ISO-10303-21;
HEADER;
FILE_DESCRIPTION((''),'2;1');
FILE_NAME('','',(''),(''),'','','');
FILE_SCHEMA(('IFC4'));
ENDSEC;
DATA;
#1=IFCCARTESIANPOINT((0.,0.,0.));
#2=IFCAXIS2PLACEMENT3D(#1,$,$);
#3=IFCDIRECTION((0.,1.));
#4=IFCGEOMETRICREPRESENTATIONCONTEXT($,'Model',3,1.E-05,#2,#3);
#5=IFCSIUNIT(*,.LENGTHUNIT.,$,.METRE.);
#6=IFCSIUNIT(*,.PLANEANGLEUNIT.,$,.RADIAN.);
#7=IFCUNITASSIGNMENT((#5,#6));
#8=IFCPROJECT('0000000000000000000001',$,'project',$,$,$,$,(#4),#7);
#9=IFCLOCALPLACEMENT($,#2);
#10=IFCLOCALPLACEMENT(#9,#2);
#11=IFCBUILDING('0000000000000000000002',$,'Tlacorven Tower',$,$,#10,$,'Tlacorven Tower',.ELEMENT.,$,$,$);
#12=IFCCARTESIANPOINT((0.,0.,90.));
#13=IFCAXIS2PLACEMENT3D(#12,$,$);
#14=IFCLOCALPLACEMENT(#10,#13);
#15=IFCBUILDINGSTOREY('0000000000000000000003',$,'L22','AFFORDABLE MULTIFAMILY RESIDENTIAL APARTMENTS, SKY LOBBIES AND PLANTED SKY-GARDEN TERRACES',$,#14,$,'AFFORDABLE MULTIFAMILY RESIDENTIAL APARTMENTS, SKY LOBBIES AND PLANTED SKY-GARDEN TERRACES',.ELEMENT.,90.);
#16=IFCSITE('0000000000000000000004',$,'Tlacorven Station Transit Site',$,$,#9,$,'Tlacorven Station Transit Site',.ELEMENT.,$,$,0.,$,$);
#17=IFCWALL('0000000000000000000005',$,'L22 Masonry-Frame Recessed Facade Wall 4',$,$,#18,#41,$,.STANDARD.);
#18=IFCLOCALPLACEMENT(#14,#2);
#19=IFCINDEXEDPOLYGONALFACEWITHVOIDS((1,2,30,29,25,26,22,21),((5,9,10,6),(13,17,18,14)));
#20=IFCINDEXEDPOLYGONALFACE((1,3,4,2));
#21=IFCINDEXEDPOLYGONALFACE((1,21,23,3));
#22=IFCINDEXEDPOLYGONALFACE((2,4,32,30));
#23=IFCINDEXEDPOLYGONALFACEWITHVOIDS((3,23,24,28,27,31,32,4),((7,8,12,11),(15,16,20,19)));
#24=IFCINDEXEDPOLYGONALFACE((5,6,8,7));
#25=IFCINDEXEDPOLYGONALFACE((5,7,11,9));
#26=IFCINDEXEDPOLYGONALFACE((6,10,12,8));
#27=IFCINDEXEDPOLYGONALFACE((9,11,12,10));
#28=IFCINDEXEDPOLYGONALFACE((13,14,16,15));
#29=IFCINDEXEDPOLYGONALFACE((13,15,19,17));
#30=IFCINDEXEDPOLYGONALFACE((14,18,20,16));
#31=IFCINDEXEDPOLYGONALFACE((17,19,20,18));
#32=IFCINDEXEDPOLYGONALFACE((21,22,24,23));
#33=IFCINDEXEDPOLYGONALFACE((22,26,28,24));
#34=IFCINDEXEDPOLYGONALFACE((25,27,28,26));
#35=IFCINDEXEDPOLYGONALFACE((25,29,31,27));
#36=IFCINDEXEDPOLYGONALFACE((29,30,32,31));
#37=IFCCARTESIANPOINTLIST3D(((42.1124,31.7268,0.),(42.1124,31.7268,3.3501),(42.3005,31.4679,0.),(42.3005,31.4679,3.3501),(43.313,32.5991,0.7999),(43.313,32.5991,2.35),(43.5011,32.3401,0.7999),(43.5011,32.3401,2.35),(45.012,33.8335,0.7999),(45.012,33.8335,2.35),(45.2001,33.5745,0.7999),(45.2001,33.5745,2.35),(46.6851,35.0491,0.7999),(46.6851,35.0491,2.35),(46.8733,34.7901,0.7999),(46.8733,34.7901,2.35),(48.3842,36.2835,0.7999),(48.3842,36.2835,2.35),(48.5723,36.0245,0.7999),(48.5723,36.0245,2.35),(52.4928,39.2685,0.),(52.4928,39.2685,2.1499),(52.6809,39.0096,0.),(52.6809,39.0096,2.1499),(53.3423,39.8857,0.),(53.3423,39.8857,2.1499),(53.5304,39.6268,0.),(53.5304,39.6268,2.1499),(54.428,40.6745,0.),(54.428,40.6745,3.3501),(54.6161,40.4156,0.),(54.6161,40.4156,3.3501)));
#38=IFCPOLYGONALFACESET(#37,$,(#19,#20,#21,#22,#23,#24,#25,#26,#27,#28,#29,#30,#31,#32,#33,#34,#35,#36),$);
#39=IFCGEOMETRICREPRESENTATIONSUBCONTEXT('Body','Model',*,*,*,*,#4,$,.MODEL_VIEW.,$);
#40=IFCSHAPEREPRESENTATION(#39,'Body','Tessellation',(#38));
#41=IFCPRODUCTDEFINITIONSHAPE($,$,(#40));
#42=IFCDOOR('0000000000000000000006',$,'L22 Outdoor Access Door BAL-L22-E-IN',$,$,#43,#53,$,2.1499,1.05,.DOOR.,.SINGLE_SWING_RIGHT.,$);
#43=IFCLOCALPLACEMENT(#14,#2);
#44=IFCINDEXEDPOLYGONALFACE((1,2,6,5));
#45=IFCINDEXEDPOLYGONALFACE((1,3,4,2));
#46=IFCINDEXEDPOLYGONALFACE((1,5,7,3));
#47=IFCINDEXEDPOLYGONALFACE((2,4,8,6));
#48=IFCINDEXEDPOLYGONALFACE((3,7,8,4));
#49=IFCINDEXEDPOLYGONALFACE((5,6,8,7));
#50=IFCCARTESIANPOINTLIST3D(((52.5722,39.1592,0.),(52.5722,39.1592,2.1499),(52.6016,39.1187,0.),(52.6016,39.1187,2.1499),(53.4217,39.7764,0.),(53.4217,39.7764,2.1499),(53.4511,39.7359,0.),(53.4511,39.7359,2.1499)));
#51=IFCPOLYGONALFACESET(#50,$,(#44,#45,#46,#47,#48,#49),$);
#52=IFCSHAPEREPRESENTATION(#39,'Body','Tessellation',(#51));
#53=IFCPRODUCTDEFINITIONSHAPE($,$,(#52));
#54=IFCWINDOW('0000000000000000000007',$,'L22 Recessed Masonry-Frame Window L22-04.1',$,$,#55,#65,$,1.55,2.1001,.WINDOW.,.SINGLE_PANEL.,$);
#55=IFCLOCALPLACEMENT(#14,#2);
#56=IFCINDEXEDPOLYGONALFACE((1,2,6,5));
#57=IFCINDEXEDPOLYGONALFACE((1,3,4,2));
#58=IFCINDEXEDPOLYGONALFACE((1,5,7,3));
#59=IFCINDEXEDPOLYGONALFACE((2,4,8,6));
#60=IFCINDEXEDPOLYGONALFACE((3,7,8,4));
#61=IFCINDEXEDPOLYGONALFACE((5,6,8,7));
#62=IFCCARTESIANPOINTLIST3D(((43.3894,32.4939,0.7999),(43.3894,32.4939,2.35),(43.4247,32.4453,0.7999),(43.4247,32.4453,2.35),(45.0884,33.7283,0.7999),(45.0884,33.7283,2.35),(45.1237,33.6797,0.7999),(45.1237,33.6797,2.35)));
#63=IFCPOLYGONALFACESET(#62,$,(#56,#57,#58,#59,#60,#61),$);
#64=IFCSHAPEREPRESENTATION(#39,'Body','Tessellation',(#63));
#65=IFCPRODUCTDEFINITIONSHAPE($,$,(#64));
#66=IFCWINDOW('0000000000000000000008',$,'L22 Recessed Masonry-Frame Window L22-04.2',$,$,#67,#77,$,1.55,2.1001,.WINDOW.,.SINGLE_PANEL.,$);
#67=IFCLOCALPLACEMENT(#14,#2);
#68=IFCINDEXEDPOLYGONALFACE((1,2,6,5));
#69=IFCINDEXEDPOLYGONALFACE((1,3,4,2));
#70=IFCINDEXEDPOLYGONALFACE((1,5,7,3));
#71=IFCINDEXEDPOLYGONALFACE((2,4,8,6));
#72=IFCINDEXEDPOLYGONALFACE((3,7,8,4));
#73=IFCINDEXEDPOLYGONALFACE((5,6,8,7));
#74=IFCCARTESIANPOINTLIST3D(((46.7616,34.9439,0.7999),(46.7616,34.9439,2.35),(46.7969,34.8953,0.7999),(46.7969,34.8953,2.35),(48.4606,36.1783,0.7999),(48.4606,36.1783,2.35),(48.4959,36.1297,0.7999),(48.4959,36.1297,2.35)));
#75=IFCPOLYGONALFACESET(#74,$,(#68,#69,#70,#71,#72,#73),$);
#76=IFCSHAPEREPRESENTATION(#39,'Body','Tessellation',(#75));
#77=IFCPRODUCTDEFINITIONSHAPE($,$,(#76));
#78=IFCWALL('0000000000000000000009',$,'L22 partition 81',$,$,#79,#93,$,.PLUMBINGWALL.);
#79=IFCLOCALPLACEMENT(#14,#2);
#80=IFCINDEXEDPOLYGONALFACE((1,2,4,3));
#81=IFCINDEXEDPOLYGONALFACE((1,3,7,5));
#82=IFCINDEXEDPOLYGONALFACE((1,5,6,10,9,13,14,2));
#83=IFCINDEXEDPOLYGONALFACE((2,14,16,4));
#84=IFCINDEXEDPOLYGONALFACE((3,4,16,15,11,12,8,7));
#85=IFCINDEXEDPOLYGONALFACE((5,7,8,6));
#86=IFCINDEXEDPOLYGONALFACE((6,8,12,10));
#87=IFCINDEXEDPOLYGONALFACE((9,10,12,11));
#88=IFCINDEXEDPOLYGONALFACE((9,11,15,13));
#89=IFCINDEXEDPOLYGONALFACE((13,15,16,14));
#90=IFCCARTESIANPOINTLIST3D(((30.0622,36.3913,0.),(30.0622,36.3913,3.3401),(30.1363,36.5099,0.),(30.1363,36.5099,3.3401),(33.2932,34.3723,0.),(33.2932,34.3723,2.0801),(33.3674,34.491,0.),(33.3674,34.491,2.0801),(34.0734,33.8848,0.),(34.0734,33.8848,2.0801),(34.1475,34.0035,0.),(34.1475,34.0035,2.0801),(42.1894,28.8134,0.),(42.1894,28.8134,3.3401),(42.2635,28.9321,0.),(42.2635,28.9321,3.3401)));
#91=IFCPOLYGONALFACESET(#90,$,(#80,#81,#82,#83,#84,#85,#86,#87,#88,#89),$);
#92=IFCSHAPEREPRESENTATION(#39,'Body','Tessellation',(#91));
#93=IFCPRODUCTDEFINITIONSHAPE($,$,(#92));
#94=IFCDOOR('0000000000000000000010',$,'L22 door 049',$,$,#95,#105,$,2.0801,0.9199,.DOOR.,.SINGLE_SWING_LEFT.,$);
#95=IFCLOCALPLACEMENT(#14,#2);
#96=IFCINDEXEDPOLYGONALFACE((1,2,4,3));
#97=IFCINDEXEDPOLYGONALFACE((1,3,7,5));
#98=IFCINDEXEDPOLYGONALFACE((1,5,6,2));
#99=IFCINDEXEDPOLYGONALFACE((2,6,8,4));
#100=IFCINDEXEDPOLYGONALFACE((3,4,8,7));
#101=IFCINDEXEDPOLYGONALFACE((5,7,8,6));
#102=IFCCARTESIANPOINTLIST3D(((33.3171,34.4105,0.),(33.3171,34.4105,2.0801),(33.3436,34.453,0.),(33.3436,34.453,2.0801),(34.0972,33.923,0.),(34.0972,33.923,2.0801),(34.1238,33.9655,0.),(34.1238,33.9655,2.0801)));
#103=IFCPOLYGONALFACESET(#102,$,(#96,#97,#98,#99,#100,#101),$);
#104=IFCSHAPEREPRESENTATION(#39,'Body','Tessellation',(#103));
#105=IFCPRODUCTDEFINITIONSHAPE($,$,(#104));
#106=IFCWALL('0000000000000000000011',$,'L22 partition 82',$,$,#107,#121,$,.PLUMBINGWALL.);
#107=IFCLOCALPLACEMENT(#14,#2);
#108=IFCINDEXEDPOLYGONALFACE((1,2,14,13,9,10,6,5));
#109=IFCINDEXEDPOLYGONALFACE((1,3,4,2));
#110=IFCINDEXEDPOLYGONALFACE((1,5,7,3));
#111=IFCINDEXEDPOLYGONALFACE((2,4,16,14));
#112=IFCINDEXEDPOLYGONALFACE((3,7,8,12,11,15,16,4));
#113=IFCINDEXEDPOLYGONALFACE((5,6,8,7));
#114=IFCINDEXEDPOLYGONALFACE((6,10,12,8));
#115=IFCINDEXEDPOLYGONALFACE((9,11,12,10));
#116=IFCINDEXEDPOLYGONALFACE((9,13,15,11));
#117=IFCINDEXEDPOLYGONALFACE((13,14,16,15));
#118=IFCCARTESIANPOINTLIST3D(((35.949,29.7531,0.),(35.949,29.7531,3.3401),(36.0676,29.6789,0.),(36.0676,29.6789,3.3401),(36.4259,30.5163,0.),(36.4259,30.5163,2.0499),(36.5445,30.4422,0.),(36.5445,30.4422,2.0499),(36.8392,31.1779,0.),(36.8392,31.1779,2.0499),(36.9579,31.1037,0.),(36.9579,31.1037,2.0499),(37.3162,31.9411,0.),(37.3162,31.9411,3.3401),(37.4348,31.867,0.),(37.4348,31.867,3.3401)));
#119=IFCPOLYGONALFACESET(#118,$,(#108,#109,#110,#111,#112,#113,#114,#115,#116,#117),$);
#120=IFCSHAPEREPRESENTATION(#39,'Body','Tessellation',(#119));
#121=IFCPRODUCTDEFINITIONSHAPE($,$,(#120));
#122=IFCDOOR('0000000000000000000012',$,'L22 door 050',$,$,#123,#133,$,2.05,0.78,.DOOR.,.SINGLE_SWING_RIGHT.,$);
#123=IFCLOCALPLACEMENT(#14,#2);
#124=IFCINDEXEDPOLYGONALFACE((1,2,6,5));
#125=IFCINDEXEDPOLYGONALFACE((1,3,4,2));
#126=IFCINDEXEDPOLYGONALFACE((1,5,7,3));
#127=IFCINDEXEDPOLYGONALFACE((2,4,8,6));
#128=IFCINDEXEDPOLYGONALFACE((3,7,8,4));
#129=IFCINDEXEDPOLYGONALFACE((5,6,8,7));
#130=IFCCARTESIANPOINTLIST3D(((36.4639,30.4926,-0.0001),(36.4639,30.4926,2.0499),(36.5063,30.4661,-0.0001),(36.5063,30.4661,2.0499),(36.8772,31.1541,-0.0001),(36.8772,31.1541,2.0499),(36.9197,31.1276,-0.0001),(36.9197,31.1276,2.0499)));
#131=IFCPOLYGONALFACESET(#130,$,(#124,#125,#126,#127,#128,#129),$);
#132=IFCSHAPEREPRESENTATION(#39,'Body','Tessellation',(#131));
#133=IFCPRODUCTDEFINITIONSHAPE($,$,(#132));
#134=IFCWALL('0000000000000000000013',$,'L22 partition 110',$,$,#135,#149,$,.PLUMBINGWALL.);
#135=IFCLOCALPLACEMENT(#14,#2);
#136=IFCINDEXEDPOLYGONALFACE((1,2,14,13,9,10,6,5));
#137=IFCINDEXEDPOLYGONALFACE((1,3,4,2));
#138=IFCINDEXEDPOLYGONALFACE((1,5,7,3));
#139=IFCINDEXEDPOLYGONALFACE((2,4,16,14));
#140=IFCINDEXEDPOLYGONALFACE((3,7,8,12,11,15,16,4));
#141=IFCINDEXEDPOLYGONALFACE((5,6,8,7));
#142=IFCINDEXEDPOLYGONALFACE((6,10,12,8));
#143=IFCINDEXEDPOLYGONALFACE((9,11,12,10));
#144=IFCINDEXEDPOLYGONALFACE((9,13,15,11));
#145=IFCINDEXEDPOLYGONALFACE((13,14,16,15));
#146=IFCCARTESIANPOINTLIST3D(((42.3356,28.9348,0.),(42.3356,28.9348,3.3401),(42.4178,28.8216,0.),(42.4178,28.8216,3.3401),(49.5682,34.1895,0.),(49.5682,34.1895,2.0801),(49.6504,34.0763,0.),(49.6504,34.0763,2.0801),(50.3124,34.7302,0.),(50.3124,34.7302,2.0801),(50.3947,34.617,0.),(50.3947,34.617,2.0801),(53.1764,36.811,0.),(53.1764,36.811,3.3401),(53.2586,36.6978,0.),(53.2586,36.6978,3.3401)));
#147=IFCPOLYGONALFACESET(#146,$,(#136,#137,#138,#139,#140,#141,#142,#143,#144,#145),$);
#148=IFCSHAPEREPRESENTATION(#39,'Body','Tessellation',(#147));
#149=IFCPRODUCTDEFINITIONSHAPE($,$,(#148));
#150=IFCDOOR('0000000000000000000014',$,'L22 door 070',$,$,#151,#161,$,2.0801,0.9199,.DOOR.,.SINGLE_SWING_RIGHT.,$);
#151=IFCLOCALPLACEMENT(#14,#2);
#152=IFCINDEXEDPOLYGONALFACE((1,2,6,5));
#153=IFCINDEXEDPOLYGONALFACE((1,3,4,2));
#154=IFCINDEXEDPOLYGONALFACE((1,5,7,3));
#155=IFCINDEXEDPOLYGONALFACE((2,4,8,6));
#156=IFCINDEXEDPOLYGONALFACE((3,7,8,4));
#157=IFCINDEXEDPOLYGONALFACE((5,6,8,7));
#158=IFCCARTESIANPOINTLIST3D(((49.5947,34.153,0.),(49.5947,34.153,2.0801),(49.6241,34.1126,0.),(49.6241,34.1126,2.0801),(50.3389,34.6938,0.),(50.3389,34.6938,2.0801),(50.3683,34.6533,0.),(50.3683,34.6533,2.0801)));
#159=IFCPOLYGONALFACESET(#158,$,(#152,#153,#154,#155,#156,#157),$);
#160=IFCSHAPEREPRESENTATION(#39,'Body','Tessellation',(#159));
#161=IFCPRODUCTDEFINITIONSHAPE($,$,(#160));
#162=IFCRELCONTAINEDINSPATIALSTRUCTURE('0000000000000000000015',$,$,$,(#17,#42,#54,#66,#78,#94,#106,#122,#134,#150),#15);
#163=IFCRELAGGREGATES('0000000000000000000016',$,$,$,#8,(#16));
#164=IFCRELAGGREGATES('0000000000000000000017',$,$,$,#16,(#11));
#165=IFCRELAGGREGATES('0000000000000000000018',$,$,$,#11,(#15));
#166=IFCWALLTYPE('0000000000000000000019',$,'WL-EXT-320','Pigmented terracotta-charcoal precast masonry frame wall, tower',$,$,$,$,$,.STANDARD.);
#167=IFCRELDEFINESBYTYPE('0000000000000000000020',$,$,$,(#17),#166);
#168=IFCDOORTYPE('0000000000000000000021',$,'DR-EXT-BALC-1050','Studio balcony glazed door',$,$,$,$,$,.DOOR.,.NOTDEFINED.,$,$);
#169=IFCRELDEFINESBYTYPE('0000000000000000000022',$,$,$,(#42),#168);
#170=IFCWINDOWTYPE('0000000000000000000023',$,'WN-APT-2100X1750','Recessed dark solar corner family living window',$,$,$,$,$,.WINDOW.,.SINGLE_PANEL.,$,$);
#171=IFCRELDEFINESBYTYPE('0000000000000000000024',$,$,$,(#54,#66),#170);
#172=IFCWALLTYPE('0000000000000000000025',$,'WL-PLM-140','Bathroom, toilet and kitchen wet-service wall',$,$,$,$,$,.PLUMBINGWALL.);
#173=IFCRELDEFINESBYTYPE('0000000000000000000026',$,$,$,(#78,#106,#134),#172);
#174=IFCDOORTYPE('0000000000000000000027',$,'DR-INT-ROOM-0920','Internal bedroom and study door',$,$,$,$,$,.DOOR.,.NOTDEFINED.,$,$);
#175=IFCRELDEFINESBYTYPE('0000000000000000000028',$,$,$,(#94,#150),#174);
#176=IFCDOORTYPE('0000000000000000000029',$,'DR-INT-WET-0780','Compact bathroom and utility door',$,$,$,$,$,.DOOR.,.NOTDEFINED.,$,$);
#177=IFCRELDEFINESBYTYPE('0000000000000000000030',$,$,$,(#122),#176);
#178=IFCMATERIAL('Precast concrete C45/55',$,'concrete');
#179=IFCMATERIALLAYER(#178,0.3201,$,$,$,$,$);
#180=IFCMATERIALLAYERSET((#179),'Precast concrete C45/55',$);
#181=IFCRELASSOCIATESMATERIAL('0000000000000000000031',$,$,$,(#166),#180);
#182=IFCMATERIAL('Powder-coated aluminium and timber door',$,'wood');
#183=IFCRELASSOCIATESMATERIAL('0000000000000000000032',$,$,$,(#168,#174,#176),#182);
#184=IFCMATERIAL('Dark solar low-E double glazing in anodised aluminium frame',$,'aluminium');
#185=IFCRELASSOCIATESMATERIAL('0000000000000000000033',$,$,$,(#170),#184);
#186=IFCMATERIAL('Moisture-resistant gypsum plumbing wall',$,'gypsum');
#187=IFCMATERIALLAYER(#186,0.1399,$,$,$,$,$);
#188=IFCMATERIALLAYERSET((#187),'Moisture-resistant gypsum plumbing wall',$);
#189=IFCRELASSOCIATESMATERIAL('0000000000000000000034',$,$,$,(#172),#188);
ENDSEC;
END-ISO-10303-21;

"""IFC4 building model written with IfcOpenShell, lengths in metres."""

from ifc_helpers import new_model, si_unit, direction, frame, frame_2d, origin, place, context, subcontext, project, spatial, rectangle, extrude, source, transform, mapped, material, layer, layer_set, type_object, element, fill, save


model = new_model("IFC4")

# Units and contexts
model_context = context("Model", 3, precision=1e-05, world=origin(), true_north=direction((0.0, 1.0)))
body_context = subcontext(model_context, "Body", "Model", "MODEL_VIEW")
ifc_project = project(units=[si_unit("LENGTHUNIT", "METRE"), si_unit("PLANEANGLEUNIT", "RADIAN")], contexts=[model_context])

# Site, building, storey
site_placement = place(None, origin())
site = spatial("IfcSite", under=ifc_project, at=site_placement, Name="Tlacorven Station Transit Site", LongName="Tlacorven Station Transit Site", CompositionType="ELEMENT", RefElevation=0.0)
building_placement = place(site_placement, origin())
building = spatial("IfcBuilding", under=site, at=building_placement, Name="Tlacorven Tower", LongName="Tlacorven Tower", CompositionType="ELEMENT")
storey_placement = place(building_placement, frame((0.0, 0.0, 90.0)))
storey = spatial("IfcBuildingStorey", under=building, at=storey_placement, Name="L22", Description="AFFORDABLE MULTIFAMILY RESIDENTIAL APARTMENTS, SKY LOBBIES AND PLANTED SKY-GARDEN TERRACES", LongName="AFFORDABLE MULTIFAMILY RESIDENTIAL APARTMENTS, SKY LOBBIES AND PLANTED SKY-GARDEN TERRACES", CompositionType="ELEMENT", Elevation=90.0)

# Wall, openings, door, windows
ifc_material_1 = material(Name="Precast concrete C45/55", Category="concrete")
ifc_layer_1 = layer(ifc_material_1, 0.3201)
ifc_layer_set_1 = layer_set([ifc_layer_1], Name="Precast concrete C45/55")
wall_type_1 = type_object("IfcWallType", Name="WL-EXT-320", Description="Pigmented terracotta-charcoal precast masonry frame wall, tower", PredefinedType="STANDARD", material=ifc_layer_set_1)
wall_1_placement = place(storey_placement, frame((42.2065, 31.5974, 0.0), z_axis=(0.0, 0.0, 1.0), x_axis=(0.80902, 0.587781, 0.0)))
wall_1 = element("IfcWall", 1, at=wall_1_placement, inside=storey, type_object=wall_type_1, Name="L22 Masonry-Frame Recessed Facade Wall 4", PredefinedType="STANDARD", context=body_context, shape_type="SweptSolid", body=[
    extrude(rectangle(XDim=15.2229, YDim=0.3201, at=frame_2d((7.6113, 0.0))), origin(), (0.0, 0.0, 1.0), 3.3501),
])
opening_1_placement = place(wall_1_placement, frame((12.8308, 0.0, 0.0)))
opening_1 = element("IfcOpeningElement", 2, at=opening_1_placement, cuts=wall_1, PredefinedType="OPENING", context=body_context, shape_type="SweptSolid", body=[
    extrude(rectangle(XDim=1.05, YDim=2.1499, at=frame_2d((0.5249, 1.075))), frame((0.0, 0.1699, 0.0), z_axis=(0.0, -1.0, 0.0), x_axis=(1.0, 0.0, 0.0)), (0.0, 0.0, 1.0), 0.3401),
])
opening_2_placement = place(wall_1_placement, frame((1.4839, 0.0, 0.8)))
opening_2 = element("IfcOpeningElement", 3, at=opening_2_placement, cuts=wall_1, PredefinedType="OPENING", context=body_context, shape_type="SweptSolid", body=[
    extrude(rectangle(XDim=2.1001, YDim=1.55, at=frame_2d((1.05, 0.7749))), frame((0.0, 0.1699, 0.0), z_axis=(0.0, -1.0, 0.0), x_axis=(1.0, 0.0, 0.0)), (0.0, 0.0, 1.0), 0.3401),
])
opening_3_placement = place(wall_1_placement, frame((5.6521, 0.0, 0.8)))
opening_3 = element("IfcOpeningElement", 4, at=opening_3_placement, cuts=wall_1, PredefinedType="OPENING", context=body_context, shape_type="SweptSolid", body=[
    extrude(rectangle(XDim=2.1001, YDim=1.55, at=frame_2d((1.05, 0.7749))), frame((0.0, 0.1699, 0.0), z_axis=(0.0, -1.0, 0.0), x_axis=(1.0, 0.0, 0.0)), (0.0, 0.0, 1.0), 0.3401),
])
ifc_material_2 = material(Name="Powder-coated aluminium and timber door", Category="wood")
door_type_1 = type_object("IfcDoorType", Name="DR-EXT-BALC-1050", Description="Studio balcony glazed door", OperationType="NOTDEFINED", PredefinedType="DOOR", material=ifc_material_2)
shared_shape_1 = source(origin(), body_context, "Body", "SweptSolid", [
    extrude(rectangle(XDim=1.05, YDim=2.1499, at=frame_2d((0.5249, 1.075))), frame((0.0, 0.0249, 0.0), z_axis=(0.0, -1.0, 0.0), x_axis=(1.0, 0.0, 0.0)), (0.0, 0.0, 1.0), 0.05),
])
door_1_placement = place(opening_1_placement, origin())
door_1 = element("IfcDoor", 5, at=door_1_placement, inside=storey, type_object=door_type_1, Name="L22 Outdoor Access Door BAL-L22-E-IN", OperationType="SINGLE_SWING_RIGHT", OverallHeight=2.1499, OverallWidth=1.05, PredefinedType="DOOR", context=body_context, shape_type="MappedRepresentation", body=[
    mapped(shared_shape_1, transform((0.0, 0.0, 0.0), scale=1.0)),
])
fill(opening_1, door_1)
ifc_material_3 = material(Name="Dark solar low-E double glazing in anodised aluminium frame", Category="aluminium")
window_type = type_object("IfcWindowType", Name="WN-APT-2100X1750", Description="Recessed dark solar corner family living window", PartitioningType="SINGLE_PANEL", PredefinedType="WINDOW", material=ifc_material_3)
shared_shape_2 = source(origin(), body_context, "Body", "SweptSolid", [
    extrude(rectangle(XDim=2.1001, YDim=1.55, at=frame_2d((1.05, 0.7749))), frame((0.0, 0.03, 0.0), z_axis=(0.0, -1.0, 0.0), x_axis=(1.0, 0.0, 0.0)), (0.0, 0.0, 1.0), 0.0601),
])
window_1_placement = place(opening_2_placement, origin())
window_1 = element("IfcWindow", 6, at=window_1_placement, inside=storey, type_object=window_type, Name="L22 Recessed Masonry-Frame Window L22-04.1", OverallHeight=1.55, OverallWidth=2.1001, PartitioningType="SINGLE_PANEL", PredefinedType="WINDOW", context=body_context, shape_type="MappedRepresentation", body=[
    mapped(shared_shape_2, transform((0.0, 0.0, 0.0), scale=1.0)),
])
fill(opening_2, window_1)
window_2_placement = place(opening_3_placement, origin())
window_2 = element("IfcWindow", 7, at=window_2_placement, inside=storey, type_object=window_type, Name="L22 Recessed Masonry-Frame Window L22-04.2", OverallHeight=1.55, OverallWidth=2.1001, PartitioningType="SINGLE_PANEL", PredefinedType="WINDOW", context=body_context, shape_type="MappedRepresentation", body=[
    mapped(shared_shape_2, transform((0.0, 0.0, 0.0), scale=1.0)),
])
fill(opening_3, window_2)

# Walls, openings, doors
ifc_material_4 = material(Name="Moisture-resistant gypsum plumbing wall", Category="gypsum")
ifc_layer_2 = layer(ifc_material_4, 0.1399)
ifc_layer_set_2 = layer_set([ifc_layer_2], Name="Moisture-resistant gypsum plumbing wall")
wall_type_2 = type_object("IfcWallType", Name="WL-PLM-140", Description="Bathroom, toilet and kitchen wet-service wall", PredefinedType="PLUMBINGWALL", material=ifc_layer_set_2)
wall_2_placement = place(storey_placement, frame((42.2263, 28.8728, 0.0), z_axis=(0.0, 0.0, 1.0), x_axis=(-0.848049, 0.529918, 0.0)))
wall_2 = element("IfcWall", 8, at=wall_2_placement, inside=storey, type_object=wall_type_2, Name="L22 partition 81", PredefinedType="PLUMBINGWALL", context=body_context, shape_type="SweptSolid", body=[
    extrude(rectangle(XDim=14.3, YDim=0.1399, at=frame_2d((7.1499, 0.0))), origin(), (0.0, 0.0, 1.0), 3.3401),
])
opening_4_placement = place(wall_2_placement, frame((9.5701, 0.0, 0.0)))
opening_4 = element("IfcOpeningElement", 9, at=opening_4_placement, cuts=wall_2, PredefinedType="OPENING", context=body_context, shape_type="SweptSolid", body=[
    extrude(rectangle(XDim=0.9199, YDim=2.0801, at=frame_2d((0.46, 1.04))), frame((0.0, 0.0801, 0.0), z_axis=(0.0, -1.0, 0.0), x_axis=(1.0, 0.0, 0.0)), (0.0, 0.0, 1.0), 0.1599),
])
door_type_2 = type_object("IfcDoorType", Name="DR-INT-ROOM-0920", Description="Internal bedroom and study door", OperationType="NOTDEFINED", PredefinedType="DOOR", material=ifc_material_2)
shared_shape_3 = source(origin(), body_context, "Body", "SweptSolid", [
    extrude(rectangle(XDim=0.9199, YDim=2.0801, at=frame_2d((0.46, 1.04))), frame((0.0, 0.0249, 0.0), z_axis=(0.0, -1.0, 0.0), x_axis=(1.0, 0.0, 0.0)), (0.0, 0.0, 1.0), 0.05),
])
door_2_placement = place(opening_4_placement, origin())
door_2 = element("IfcDoor", 10, at=door_2_placement, inside=storey, type_object=door_type_2, Name="L22 door 049", OperationType="SINGLE_SWING_LEFT", OverallHeight=2.0801, OverallWidth=0.9199, PredefinedType="DOOR", context=body_context, shape_type="MappedRepresentation", body=[
    mapped(shared_shape_3, transform((0.0, 0.0, 0.0), scale=1.0)),
])
fill(opening_4, door_2)
wall_3_placement = place(storey_placement, frame((37.3755, 31.9041, 0.0), z_axis=(0.0, 0.0, 1.0), x_axis=(-0.529914, -0.848051, 0.0)))
wall_3 = element("IfcWall", 11, at=wall_3_placement, inside=storey, type_object=wall_type_2, Name="L22 partition 82", PredefinedType="PLUMBINGWALL", context=body_context, shape_type="SweptSolid", body=[
    extrude(rectangle(XDim=2.5801, YDim=0.1399, at=frame_2d((1.29, 0.0))), origin(), (0.0, 0.0, 1.0), 3.3401),
])
opening_5_placement = place(wall_3_placement, frame((0.8999, 0.0, 0.0)))
opening_5 = element("IfcOpeningElement", 12, at=opening_5_placement, cuts=wall_3, PredefinedType="OPENING", context=body_context, shape_type="SweptSolid", body=[
    extrude(rectangle(XDim=0.78, YDim=2.05, at=frame_2d((0.3901, 1.0249))), frame((0.0, 0.0801, 0.0), z_axis=(0.0, -1.0, 0.0), x_axis=(1.0, 0.0, 0.0)), (0.0, 0.0, 1.0), 0.1599),
])
door_type_3 = type_object("IfcDoorType", Name="DR-INT-WET-0780", Description="Compact bathroom and utility door", OperationType="NOTDEFINED", PredefinedType="DOOR", material=ifc_material_2)
shared_shape_4 = source(origin(), body_context, "Body", "SweptSolid", [
    extrude(rectangle(XDim=0.78, YDim=2.05, at=frame_2d((0.3901, 1.0249))), frame((0.0, 0.0249, 0.0), z_axis=(0.0, -1.0, 0.0), x_axis=(1.0, 0.0, 0.0)), (0.0, 0.0, 1.0), 0.05),
])
door_3_placement = place(opening_5_placement, origin())
door_3 = element("IfcDoor", 13, at=door_3_placement, inside=storey, type_object=door_type_3, Name="L22 door 050", OperationType="SINGLE_SWING_RIGHT", OverallHeight=2.05, OverallWidth=0.78, PredefinedType="DOOR", context=body_context, shape_type="MappedRepresentation", body=[
    mapped(shared_shape_4, transform((0.0, 0.0, 0.0), scale=1.0)),
])
fill(opening_5, door_3)
wall_4_placement = place(storey_placement, frame((42.3767, 28.8782, 0.0), z_axis=(0.0, 0.0, 1.0), x_axis=(0.80902, 0.587781, 0.0)))
wall_4 = element("IfcWall", 14, at=wall_4_placement, inside=storey, type_object=wall_type_2, Name="L22 partition 110", PredefinedType="PLUMBINGWALL", context=body_context, shape_type="SweptSolid", body=[
    extrude(rectangle(XDim=13.3999, YDim=0.1399, at=frame_2d((6.7, 0.0))), origin(), (0.0, 0.0, 1.0), 3.3401),
])
opening_6_placement = place(wall_4_placement, frame((8.9399, 0.0, 0.0)))
opening_6 = element("IfcOpeningElement", 15, at=opening_6_placement, cuts=wall_4, PredefinedType="OPENING", context=body_context, shape_type="SweptSolid", body=[
    extrude(rectangle(XDim=0.9199, YDim=2.0801, at=frame_2d((0.46, 1.04))), frame((0.0, 0.0801, 0.0), z_axis=(0.0, -1.0, 0.0), x_axis=(1.0, 0.0, 0.0)), (0.0, 0.0, 1.0), 0.1599),
])
door_4_placement = place(opening_6_placement, origin())
door_4 = element("IfcDoor", 16, at=door_4_placement, inside=storey, type_object=door_type_2, Name="L22 door 070", OperationType="SINGLE_SWING_RIGHT", OverallHeight=2.0801, OverallWidth=0.9199, PredefinedType="DOOR", context=body_context, shape_type="MappedRepresentation", body=[
    mapped(shared_shape_3, transform((0.0, 0.0, 0.0), scale=1.0)),
])
fill(opening_6, door_4)

save(model, "model.ifc")
